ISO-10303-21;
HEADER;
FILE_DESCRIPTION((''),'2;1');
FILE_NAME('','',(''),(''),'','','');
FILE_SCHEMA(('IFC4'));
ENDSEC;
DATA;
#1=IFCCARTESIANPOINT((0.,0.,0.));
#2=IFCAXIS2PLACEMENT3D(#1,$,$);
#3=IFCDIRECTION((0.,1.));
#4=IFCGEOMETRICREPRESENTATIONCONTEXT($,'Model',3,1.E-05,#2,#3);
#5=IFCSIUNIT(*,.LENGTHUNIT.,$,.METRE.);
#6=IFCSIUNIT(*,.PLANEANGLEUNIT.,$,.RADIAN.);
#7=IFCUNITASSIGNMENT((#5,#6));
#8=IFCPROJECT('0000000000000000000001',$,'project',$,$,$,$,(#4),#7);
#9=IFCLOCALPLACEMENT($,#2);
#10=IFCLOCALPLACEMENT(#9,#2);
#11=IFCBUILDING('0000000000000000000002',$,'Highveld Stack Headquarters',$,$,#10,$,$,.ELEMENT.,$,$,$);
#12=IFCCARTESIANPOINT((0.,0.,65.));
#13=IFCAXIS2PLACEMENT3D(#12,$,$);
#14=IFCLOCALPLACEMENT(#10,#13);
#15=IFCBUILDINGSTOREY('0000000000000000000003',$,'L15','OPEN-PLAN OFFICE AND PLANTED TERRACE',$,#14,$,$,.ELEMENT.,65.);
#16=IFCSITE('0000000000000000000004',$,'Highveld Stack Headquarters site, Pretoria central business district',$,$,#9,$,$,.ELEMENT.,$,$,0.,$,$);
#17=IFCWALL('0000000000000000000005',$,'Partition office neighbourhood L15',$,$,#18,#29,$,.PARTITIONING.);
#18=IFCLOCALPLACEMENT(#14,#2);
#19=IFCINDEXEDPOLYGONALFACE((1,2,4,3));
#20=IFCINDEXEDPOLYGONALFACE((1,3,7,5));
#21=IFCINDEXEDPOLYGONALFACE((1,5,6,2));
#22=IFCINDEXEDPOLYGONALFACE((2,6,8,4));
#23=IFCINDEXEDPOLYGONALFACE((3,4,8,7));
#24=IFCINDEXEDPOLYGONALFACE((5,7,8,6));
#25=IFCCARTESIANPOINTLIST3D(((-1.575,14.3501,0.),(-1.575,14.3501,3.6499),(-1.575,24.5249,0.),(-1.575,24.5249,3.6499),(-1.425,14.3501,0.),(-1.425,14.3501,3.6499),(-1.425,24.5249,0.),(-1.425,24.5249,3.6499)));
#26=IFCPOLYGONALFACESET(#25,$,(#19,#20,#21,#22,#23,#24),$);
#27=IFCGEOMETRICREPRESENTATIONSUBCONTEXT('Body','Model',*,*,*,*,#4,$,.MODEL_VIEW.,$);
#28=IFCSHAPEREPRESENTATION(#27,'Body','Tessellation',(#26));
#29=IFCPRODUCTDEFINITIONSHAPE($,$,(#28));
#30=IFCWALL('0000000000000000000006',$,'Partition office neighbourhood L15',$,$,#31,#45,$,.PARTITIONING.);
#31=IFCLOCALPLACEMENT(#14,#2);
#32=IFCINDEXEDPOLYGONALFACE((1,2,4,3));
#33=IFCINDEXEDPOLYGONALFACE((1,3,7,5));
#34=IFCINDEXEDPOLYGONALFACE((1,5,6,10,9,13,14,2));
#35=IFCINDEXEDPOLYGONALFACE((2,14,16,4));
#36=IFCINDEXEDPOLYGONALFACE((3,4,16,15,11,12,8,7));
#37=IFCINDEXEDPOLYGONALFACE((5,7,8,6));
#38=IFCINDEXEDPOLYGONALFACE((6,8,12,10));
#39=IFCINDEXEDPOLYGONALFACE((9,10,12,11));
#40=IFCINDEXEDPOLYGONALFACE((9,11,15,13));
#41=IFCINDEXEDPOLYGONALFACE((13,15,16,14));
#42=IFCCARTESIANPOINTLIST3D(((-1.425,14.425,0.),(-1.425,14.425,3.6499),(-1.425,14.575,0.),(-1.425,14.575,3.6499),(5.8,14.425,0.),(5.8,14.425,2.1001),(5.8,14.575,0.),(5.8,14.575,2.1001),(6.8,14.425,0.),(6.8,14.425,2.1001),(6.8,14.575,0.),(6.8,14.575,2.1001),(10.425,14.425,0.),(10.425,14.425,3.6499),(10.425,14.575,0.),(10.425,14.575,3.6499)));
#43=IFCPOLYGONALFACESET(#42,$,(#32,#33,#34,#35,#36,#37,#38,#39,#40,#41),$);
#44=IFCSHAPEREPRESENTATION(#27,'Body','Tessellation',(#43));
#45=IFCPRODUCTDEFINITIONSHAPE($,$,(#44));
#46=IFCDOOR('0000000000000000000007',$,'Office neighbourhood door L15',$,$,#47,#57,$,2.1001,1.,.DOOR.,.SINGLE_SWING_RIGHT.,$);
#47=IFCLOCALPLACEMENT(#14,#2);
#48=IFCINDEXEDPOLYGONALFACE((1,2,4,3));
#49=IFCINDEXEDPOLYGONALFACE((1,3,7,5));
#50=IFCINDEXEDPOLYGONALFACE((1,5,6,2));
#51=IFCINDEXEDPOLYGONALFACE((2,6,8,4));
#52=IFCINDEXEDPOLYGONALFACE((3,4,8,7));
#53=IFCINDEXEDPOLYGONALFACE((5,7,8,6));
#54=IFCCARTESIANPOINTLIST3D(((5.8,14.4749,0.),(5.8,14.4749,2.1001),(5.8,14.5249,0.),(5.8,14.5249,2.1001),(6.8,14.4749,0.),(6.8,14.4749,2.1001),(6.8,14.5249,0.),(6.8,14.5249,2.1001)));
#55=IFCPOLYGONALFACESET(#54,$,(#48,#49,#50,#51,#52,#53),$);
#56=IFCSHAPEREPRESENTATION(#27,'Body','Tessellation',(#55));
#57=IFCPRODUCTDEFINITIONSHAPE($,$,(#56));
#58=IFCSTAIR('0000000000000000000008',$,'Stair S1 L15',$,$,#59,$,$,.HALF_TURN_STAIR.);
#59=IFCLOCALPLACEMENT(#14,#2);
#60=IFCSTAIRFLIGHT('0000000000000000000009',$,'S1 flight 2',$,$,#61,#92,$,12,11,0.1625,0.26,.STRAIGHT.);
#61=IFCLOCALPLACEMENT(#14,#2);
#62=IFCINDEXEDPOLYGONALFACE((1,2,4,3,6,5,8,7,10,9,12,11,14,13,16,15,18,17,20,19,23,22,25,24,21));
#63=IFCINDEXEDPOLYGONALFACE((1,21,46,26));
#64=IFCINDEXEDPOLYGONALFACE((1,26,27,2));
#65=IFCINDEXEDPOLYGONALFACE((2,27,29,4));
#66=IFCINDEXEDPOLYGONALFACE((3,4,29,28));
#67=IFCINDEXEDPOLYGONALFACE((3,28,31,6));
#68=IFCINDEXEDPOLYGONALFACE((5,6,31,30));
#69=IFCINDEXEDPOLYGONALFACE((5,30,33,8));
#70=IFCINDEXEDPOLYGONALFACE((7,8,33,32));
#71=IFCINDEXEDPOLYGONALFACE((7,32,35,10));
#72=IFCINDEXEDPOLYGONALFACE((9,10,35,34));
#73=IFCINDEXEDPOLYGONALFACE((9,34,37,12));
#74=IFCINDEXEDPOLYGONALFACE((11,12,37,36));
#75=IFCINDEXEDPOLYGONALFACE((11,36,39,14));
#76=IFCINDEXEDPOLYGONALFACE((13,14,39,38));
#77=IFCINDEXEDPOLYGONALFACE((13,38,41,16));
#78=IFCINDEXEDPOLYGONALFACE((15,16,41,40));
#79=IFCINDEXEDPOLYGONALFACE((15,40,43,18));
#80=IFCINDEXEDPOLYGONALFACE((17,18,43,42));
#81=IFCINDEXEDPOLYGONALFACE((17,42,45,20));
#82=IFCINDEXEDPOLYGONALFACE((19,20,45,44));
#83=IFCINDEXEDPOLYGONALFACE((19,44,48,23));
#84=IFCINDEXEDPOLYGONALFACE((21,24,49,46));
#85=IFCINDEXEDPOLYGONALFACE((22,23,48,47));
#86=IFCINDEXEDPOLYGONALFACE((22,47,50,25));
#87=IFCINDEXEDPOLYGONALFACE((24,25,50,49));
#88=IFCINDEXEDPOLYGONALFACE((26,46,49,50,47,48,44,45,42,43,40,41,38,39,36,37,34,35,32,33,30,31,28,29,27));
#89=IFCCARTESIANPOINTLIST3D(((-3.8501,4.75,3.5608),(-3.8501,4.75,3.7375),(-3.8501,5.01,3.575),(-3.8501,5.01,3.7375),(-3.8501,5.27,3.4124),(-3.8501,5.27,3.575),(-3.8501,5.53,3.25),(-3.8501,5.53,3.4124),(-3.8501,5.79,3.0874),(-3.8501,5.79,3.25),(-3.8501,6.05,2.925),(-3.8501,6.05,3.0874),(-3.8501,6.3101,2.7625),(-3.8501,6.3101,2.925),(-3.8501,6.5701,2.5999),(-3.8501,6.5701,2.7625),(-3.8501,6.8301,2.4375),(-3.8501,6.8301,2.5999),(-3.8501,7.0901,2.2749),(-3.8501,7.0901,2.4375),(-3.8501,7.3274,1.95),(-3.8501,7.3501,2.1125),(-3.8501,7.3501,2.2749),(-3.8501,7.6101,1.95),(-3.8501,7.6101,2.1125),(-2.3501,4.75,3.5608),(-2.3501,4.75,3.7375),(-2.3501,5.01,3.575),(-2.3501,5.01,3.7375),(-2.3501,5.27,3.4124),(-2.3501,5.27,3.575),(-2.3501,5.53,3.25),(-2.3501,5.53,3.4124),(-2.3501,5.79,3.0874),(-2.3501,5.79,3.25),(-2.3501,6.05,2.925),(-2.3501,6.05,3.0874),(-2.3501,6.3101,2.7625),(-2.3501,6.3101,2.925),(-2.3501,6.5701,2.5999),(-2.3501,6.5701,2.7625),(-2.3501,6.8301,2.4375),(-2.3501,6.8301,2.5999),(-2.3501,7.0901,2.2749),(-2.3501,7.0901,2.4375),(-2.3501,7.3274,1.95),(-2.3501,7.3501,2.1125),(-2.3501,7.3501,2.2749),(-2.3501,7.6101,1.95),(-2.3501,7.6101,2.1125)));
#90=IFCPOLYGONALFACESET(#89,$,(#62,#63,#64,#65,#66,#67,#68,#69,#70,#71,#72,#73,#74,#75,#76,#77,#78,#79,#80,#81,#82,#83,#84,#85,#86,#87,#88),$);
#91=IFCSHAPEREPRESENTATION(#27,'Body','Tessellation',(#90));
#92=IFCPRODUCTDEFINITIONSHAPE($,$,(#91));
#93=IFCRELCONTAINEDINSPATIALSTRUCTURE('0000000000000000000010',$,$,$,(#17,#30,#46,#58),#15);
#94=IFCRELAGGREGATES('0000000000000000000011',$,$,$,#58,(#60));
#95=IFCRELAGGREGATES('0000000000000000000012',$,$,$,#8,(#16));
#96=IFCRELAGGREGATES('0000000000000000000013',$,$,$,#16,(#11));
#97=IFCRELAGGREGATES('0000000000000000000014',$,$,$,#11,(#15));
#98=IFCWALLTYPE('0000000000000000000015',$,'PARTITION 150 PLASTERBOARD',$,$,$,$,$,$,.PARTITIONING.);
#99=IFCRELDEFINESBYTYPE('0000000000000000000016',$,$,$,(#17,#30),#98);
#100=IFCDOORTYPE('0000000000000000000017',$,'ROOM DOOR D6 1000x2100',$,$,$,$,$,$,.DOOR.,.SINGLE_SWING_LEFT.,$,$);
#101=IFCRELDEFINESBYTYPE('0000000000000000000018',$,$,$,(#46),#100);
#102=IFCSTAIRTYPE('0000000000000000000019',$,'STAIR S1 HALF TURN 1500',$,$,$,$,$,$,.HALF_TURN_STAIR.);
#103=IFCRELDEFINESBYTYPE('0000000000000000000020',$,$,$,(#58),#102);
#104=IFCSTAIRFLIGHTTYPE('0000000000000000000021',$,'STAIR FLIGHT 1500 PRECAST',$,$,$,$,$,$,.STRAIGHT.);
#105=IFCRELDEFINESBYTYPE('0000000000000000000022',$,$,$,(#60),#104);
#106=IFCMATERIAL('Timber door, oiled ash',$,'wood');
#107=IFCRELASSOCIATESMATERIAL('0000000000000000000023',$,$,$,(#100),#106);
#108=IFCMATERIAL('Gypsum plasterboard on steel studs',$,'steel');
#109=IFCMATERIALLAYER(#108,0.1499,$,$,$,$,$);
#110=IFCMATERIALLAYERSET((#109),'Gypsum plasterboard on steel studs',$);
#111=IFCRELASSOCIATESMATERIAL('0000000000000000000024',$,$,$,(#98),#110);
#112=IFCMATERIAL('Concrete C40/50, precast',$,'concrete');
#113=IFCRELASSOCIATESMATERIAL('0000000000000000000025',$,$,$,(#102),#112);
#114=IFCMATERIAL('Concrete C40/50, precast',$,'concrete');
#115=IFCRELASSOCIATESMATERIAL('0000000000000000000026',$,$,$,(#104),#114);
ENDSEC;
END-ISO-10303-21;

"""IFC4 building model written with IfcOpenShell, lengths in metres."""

from ifc_helpers import new_model, si_unit, direction, frame, frame_2d, origin, place, context, subcontext, project, spatial, polyline, rectangle, outline, extrude, material, layer, layer_set, type_object, element, fill, aggregate, save


model = new_model("IFC4")

# Units and contexts
model_context = context("Model", 3, precision=1e-05, world=origin(), true_north=direction((0.0, 1.0)))
body_context = subcontext(model_context, "Body", "Model", "MODEL_VIEW")
ifc_project = project(units=[si_unit("LENGTHUNIT", "METRE"), si_unit("PLANEANGLEUNIT", "RADIAN")], contexts=[model_context])

# Site, building, storey
site_placement = place(None, origin())
site = spatial("IfcSite", under=ifc_project, at=site_placement, Name="Highveld Stack Headquarters site, Pretoria central business district", CompositionType="ELEMENT", RefElevation=0.0)
building_placement = place(site_placement, origin())
building = spatial("IfcBuilding", under=site, at=building_placement, Name="Highveld Stack Headquarters", CompositionType="ELEMENT")
storey_placement = place(building_placement, frame((0.0, 0.0, 65.0)))
storey = spatial("IfcBuildingStorey", under=building, at=storey_placement, Name="L15", Description="OPEN-PLAN OFFICE AND PLANTED TERRACE", CompositionType="ELEMENT", Elevation=65.0)

# Shared definitions
ifc_material_1 = material(Name="Timber door, oiled ash", Category="wood")
door_type = type_object("IfcDoorType", Name="ROOM DOOR D6 1000x2100", OperationType="SINGLE_SWING_LEFT", PredefinedType="DOOR", material=ifc_material_1)

# Shared definitions
ifc_material_2 = material(Name="Gypsum plasterboard on steel studs", Category="steel")
ifc_layer_1 = layer(ifc_material_2, 0.1499)
ifc_layer_set_1 = layer_set([ifc_layer_1], Name="Gypsum plasterboard on steel studs")
wall_type_1 = type_object("IfcWallType", Name="PARTITION 150 PLASTERBOARD", PredefinedType="PARTITIONING", material=ifc_layer_set_1)

# Wall
wall_1_placement = place(storey_placement, frame((-1.5, 14.3501, 0.0), z_axis=(0.0, 0.0, 1.0), x_axis=(0.0, 1.0, 0.0)))
element("IfcWall", 1, at=wall_1_placement, inside=storey, type_object=wall_type_1, Name="Partition office neighbourhood L15", PredefinedType="PARTITIONING", context=body_context, shape_type="SweptSolid", body=[
    extrude(rectangle(XDim=10.1748, YDim=0.1499, at=frame_2d((5.0874, 0.0))), origin(), (0.0, 0.0, 1.0), 3.6499),
])

# Wall, opening, door
wall_2_placement = place(storey_placement, frame((-1.425, 14.5, 0.0), z_axis=(0.0, 0.0, 1.0), x_axis=(1.0, 0.0, 0.0)))
wall_2 = element("IfcWall", 2, at=wall_2_placement, inside=storey, type_object=wall_type_1, Name="Partition office neighbourhood L15", PredefinedType="PARTITIONING", context=body_context, shape_type="SweptSolid", body=[
    extrude(rectangle(XDim=11.8501, YDim=0.1499, at=frame_2d((5.925, 0.0))), origin(), (0.0, 0.0, 1.0), 3.6499),
])
opening_1_placement = place(wall_2_placement, frame((7.2251, 0.0, 0.0)))
opening_1 = element("IfcOpeningElement", 3, at=opening_1_placement, cuts=wall_2, PredefinedType="OPENING", context=body_context, shape_type="SweptSolid", body=[
    extrude(rectangle(XDim=1.0, YDim=2.1001, at=frame_2d((0.5, 1.05))), frame((0.0, 0.085, 0.0), z_axis=(0.0, -1.0, 0.0), x_axis=(1.0, 0.0, 0.0)), (0.0, 0.0, 1.0), 0.1699),
])
door_1_placement = place(opening_1_placement, origin())
door_1 = element("IfcDoor", 4, at=door_1_placement, inside=storey, type_object=door_type, Name="Office neighbourhood door L15", OperationType="SINGLE_SWING_RIGHT", OverallHeight=2.1001, OverallWidth=1.0, PredefinedType="DOOR", context=body_context, shape_type="SweptSolid", body=[
    extrude(rectangle(XDim=1.0, YDim=2.1001, at=frame_2d((0.5, 1.05))), frame((0.0, 0.0249, 0.0), z_axis=(0.0, -1.0, 0.0), x_axis=(1.0, 0.0, 0.0)), (0.0, 0.0, 1.0), 0.05),
])
fill(opening_1, door_1)

# Stair, stair flight
ifc_material_3 = material(Name="Concrete C40/50, precast", Category="concrete")
stair_type = type_object("IfcStairType", Name="STAIR S1 HALF TURN 1500", PredefinedType="HALF_TURN_STAIR", material=ifc_material_3)
stair_placement = place(storey_placement, origin())
stair = element("IfcStair", 5, at=stair_placement, inside=storey, type_object=stair_type, Name="Stair S1 L15", PredefinedType="HALF_TURN_STAIR")
ifc_material_4 = material(Name="Concrete C40/50, precast", Category="concrete")
stair_flight_type = type_object("IfcStairFlightType", Name="STAIR FLIGHT 1500 PRECAST", PredefinedType="STRAIGHT", material=ifc_material_4)
stair_flight_placement = place(storey_placement, frame((-3.1001, 7.6101, 1.95), z_axis=(0.0, 0.0, 1.0), x_axis=(0.0, -1.0, 0.0)))
stair_flight = element("IfcStairFlight", 6, at=stair_flight_placement, type_object=stair_flight_type, Name="S1 flight 2", NumberOfRisers=12, NumberOfTreads=11, PredefinedType="STRAIGHT", RiserHeight=0.1625, TreadLength=0.26, context=body_context, shape_type="SweptSolid", body=[
    extrude(outline(polyline([(0.0, 0.0), (0.0, 0.1626), (0.26, 0.1626), (0.26, 0.325), (0.52, 0.325), (0.52, 0.4875), (0.78, 0.4875), (0.78, 0.6499), (1.04, 0.6499), (1.04, 0.8125), (1.3, 0.8125), (1.3, 0.9751), (1.5601, 0.9751), (1.5601, 1.1375), (1.8201, 1.1375), (1.8201, 1.3), (2.0801, 1.3), (2.0801, 1.4624), (2.3401, 1.4624), (2.3401, 1.625), (2.6001, 1.625), (2.6001, 1.7876), (2.8601, 1.7876), (2.8601, 1.95), (2.8601, 1.6108), (0.2827, 0.0), (0.0, 0.0)])), frame((0.0, 0.75, 0.0), z_axis=(0.0, -1.0, 0.0), x_axis=(1.0, 0.0, 0.0)), (0.0, 0.0, 1.0), 1.5),
])
aggregate(stair, [stair_flight])

save(model, "model.ifc")
